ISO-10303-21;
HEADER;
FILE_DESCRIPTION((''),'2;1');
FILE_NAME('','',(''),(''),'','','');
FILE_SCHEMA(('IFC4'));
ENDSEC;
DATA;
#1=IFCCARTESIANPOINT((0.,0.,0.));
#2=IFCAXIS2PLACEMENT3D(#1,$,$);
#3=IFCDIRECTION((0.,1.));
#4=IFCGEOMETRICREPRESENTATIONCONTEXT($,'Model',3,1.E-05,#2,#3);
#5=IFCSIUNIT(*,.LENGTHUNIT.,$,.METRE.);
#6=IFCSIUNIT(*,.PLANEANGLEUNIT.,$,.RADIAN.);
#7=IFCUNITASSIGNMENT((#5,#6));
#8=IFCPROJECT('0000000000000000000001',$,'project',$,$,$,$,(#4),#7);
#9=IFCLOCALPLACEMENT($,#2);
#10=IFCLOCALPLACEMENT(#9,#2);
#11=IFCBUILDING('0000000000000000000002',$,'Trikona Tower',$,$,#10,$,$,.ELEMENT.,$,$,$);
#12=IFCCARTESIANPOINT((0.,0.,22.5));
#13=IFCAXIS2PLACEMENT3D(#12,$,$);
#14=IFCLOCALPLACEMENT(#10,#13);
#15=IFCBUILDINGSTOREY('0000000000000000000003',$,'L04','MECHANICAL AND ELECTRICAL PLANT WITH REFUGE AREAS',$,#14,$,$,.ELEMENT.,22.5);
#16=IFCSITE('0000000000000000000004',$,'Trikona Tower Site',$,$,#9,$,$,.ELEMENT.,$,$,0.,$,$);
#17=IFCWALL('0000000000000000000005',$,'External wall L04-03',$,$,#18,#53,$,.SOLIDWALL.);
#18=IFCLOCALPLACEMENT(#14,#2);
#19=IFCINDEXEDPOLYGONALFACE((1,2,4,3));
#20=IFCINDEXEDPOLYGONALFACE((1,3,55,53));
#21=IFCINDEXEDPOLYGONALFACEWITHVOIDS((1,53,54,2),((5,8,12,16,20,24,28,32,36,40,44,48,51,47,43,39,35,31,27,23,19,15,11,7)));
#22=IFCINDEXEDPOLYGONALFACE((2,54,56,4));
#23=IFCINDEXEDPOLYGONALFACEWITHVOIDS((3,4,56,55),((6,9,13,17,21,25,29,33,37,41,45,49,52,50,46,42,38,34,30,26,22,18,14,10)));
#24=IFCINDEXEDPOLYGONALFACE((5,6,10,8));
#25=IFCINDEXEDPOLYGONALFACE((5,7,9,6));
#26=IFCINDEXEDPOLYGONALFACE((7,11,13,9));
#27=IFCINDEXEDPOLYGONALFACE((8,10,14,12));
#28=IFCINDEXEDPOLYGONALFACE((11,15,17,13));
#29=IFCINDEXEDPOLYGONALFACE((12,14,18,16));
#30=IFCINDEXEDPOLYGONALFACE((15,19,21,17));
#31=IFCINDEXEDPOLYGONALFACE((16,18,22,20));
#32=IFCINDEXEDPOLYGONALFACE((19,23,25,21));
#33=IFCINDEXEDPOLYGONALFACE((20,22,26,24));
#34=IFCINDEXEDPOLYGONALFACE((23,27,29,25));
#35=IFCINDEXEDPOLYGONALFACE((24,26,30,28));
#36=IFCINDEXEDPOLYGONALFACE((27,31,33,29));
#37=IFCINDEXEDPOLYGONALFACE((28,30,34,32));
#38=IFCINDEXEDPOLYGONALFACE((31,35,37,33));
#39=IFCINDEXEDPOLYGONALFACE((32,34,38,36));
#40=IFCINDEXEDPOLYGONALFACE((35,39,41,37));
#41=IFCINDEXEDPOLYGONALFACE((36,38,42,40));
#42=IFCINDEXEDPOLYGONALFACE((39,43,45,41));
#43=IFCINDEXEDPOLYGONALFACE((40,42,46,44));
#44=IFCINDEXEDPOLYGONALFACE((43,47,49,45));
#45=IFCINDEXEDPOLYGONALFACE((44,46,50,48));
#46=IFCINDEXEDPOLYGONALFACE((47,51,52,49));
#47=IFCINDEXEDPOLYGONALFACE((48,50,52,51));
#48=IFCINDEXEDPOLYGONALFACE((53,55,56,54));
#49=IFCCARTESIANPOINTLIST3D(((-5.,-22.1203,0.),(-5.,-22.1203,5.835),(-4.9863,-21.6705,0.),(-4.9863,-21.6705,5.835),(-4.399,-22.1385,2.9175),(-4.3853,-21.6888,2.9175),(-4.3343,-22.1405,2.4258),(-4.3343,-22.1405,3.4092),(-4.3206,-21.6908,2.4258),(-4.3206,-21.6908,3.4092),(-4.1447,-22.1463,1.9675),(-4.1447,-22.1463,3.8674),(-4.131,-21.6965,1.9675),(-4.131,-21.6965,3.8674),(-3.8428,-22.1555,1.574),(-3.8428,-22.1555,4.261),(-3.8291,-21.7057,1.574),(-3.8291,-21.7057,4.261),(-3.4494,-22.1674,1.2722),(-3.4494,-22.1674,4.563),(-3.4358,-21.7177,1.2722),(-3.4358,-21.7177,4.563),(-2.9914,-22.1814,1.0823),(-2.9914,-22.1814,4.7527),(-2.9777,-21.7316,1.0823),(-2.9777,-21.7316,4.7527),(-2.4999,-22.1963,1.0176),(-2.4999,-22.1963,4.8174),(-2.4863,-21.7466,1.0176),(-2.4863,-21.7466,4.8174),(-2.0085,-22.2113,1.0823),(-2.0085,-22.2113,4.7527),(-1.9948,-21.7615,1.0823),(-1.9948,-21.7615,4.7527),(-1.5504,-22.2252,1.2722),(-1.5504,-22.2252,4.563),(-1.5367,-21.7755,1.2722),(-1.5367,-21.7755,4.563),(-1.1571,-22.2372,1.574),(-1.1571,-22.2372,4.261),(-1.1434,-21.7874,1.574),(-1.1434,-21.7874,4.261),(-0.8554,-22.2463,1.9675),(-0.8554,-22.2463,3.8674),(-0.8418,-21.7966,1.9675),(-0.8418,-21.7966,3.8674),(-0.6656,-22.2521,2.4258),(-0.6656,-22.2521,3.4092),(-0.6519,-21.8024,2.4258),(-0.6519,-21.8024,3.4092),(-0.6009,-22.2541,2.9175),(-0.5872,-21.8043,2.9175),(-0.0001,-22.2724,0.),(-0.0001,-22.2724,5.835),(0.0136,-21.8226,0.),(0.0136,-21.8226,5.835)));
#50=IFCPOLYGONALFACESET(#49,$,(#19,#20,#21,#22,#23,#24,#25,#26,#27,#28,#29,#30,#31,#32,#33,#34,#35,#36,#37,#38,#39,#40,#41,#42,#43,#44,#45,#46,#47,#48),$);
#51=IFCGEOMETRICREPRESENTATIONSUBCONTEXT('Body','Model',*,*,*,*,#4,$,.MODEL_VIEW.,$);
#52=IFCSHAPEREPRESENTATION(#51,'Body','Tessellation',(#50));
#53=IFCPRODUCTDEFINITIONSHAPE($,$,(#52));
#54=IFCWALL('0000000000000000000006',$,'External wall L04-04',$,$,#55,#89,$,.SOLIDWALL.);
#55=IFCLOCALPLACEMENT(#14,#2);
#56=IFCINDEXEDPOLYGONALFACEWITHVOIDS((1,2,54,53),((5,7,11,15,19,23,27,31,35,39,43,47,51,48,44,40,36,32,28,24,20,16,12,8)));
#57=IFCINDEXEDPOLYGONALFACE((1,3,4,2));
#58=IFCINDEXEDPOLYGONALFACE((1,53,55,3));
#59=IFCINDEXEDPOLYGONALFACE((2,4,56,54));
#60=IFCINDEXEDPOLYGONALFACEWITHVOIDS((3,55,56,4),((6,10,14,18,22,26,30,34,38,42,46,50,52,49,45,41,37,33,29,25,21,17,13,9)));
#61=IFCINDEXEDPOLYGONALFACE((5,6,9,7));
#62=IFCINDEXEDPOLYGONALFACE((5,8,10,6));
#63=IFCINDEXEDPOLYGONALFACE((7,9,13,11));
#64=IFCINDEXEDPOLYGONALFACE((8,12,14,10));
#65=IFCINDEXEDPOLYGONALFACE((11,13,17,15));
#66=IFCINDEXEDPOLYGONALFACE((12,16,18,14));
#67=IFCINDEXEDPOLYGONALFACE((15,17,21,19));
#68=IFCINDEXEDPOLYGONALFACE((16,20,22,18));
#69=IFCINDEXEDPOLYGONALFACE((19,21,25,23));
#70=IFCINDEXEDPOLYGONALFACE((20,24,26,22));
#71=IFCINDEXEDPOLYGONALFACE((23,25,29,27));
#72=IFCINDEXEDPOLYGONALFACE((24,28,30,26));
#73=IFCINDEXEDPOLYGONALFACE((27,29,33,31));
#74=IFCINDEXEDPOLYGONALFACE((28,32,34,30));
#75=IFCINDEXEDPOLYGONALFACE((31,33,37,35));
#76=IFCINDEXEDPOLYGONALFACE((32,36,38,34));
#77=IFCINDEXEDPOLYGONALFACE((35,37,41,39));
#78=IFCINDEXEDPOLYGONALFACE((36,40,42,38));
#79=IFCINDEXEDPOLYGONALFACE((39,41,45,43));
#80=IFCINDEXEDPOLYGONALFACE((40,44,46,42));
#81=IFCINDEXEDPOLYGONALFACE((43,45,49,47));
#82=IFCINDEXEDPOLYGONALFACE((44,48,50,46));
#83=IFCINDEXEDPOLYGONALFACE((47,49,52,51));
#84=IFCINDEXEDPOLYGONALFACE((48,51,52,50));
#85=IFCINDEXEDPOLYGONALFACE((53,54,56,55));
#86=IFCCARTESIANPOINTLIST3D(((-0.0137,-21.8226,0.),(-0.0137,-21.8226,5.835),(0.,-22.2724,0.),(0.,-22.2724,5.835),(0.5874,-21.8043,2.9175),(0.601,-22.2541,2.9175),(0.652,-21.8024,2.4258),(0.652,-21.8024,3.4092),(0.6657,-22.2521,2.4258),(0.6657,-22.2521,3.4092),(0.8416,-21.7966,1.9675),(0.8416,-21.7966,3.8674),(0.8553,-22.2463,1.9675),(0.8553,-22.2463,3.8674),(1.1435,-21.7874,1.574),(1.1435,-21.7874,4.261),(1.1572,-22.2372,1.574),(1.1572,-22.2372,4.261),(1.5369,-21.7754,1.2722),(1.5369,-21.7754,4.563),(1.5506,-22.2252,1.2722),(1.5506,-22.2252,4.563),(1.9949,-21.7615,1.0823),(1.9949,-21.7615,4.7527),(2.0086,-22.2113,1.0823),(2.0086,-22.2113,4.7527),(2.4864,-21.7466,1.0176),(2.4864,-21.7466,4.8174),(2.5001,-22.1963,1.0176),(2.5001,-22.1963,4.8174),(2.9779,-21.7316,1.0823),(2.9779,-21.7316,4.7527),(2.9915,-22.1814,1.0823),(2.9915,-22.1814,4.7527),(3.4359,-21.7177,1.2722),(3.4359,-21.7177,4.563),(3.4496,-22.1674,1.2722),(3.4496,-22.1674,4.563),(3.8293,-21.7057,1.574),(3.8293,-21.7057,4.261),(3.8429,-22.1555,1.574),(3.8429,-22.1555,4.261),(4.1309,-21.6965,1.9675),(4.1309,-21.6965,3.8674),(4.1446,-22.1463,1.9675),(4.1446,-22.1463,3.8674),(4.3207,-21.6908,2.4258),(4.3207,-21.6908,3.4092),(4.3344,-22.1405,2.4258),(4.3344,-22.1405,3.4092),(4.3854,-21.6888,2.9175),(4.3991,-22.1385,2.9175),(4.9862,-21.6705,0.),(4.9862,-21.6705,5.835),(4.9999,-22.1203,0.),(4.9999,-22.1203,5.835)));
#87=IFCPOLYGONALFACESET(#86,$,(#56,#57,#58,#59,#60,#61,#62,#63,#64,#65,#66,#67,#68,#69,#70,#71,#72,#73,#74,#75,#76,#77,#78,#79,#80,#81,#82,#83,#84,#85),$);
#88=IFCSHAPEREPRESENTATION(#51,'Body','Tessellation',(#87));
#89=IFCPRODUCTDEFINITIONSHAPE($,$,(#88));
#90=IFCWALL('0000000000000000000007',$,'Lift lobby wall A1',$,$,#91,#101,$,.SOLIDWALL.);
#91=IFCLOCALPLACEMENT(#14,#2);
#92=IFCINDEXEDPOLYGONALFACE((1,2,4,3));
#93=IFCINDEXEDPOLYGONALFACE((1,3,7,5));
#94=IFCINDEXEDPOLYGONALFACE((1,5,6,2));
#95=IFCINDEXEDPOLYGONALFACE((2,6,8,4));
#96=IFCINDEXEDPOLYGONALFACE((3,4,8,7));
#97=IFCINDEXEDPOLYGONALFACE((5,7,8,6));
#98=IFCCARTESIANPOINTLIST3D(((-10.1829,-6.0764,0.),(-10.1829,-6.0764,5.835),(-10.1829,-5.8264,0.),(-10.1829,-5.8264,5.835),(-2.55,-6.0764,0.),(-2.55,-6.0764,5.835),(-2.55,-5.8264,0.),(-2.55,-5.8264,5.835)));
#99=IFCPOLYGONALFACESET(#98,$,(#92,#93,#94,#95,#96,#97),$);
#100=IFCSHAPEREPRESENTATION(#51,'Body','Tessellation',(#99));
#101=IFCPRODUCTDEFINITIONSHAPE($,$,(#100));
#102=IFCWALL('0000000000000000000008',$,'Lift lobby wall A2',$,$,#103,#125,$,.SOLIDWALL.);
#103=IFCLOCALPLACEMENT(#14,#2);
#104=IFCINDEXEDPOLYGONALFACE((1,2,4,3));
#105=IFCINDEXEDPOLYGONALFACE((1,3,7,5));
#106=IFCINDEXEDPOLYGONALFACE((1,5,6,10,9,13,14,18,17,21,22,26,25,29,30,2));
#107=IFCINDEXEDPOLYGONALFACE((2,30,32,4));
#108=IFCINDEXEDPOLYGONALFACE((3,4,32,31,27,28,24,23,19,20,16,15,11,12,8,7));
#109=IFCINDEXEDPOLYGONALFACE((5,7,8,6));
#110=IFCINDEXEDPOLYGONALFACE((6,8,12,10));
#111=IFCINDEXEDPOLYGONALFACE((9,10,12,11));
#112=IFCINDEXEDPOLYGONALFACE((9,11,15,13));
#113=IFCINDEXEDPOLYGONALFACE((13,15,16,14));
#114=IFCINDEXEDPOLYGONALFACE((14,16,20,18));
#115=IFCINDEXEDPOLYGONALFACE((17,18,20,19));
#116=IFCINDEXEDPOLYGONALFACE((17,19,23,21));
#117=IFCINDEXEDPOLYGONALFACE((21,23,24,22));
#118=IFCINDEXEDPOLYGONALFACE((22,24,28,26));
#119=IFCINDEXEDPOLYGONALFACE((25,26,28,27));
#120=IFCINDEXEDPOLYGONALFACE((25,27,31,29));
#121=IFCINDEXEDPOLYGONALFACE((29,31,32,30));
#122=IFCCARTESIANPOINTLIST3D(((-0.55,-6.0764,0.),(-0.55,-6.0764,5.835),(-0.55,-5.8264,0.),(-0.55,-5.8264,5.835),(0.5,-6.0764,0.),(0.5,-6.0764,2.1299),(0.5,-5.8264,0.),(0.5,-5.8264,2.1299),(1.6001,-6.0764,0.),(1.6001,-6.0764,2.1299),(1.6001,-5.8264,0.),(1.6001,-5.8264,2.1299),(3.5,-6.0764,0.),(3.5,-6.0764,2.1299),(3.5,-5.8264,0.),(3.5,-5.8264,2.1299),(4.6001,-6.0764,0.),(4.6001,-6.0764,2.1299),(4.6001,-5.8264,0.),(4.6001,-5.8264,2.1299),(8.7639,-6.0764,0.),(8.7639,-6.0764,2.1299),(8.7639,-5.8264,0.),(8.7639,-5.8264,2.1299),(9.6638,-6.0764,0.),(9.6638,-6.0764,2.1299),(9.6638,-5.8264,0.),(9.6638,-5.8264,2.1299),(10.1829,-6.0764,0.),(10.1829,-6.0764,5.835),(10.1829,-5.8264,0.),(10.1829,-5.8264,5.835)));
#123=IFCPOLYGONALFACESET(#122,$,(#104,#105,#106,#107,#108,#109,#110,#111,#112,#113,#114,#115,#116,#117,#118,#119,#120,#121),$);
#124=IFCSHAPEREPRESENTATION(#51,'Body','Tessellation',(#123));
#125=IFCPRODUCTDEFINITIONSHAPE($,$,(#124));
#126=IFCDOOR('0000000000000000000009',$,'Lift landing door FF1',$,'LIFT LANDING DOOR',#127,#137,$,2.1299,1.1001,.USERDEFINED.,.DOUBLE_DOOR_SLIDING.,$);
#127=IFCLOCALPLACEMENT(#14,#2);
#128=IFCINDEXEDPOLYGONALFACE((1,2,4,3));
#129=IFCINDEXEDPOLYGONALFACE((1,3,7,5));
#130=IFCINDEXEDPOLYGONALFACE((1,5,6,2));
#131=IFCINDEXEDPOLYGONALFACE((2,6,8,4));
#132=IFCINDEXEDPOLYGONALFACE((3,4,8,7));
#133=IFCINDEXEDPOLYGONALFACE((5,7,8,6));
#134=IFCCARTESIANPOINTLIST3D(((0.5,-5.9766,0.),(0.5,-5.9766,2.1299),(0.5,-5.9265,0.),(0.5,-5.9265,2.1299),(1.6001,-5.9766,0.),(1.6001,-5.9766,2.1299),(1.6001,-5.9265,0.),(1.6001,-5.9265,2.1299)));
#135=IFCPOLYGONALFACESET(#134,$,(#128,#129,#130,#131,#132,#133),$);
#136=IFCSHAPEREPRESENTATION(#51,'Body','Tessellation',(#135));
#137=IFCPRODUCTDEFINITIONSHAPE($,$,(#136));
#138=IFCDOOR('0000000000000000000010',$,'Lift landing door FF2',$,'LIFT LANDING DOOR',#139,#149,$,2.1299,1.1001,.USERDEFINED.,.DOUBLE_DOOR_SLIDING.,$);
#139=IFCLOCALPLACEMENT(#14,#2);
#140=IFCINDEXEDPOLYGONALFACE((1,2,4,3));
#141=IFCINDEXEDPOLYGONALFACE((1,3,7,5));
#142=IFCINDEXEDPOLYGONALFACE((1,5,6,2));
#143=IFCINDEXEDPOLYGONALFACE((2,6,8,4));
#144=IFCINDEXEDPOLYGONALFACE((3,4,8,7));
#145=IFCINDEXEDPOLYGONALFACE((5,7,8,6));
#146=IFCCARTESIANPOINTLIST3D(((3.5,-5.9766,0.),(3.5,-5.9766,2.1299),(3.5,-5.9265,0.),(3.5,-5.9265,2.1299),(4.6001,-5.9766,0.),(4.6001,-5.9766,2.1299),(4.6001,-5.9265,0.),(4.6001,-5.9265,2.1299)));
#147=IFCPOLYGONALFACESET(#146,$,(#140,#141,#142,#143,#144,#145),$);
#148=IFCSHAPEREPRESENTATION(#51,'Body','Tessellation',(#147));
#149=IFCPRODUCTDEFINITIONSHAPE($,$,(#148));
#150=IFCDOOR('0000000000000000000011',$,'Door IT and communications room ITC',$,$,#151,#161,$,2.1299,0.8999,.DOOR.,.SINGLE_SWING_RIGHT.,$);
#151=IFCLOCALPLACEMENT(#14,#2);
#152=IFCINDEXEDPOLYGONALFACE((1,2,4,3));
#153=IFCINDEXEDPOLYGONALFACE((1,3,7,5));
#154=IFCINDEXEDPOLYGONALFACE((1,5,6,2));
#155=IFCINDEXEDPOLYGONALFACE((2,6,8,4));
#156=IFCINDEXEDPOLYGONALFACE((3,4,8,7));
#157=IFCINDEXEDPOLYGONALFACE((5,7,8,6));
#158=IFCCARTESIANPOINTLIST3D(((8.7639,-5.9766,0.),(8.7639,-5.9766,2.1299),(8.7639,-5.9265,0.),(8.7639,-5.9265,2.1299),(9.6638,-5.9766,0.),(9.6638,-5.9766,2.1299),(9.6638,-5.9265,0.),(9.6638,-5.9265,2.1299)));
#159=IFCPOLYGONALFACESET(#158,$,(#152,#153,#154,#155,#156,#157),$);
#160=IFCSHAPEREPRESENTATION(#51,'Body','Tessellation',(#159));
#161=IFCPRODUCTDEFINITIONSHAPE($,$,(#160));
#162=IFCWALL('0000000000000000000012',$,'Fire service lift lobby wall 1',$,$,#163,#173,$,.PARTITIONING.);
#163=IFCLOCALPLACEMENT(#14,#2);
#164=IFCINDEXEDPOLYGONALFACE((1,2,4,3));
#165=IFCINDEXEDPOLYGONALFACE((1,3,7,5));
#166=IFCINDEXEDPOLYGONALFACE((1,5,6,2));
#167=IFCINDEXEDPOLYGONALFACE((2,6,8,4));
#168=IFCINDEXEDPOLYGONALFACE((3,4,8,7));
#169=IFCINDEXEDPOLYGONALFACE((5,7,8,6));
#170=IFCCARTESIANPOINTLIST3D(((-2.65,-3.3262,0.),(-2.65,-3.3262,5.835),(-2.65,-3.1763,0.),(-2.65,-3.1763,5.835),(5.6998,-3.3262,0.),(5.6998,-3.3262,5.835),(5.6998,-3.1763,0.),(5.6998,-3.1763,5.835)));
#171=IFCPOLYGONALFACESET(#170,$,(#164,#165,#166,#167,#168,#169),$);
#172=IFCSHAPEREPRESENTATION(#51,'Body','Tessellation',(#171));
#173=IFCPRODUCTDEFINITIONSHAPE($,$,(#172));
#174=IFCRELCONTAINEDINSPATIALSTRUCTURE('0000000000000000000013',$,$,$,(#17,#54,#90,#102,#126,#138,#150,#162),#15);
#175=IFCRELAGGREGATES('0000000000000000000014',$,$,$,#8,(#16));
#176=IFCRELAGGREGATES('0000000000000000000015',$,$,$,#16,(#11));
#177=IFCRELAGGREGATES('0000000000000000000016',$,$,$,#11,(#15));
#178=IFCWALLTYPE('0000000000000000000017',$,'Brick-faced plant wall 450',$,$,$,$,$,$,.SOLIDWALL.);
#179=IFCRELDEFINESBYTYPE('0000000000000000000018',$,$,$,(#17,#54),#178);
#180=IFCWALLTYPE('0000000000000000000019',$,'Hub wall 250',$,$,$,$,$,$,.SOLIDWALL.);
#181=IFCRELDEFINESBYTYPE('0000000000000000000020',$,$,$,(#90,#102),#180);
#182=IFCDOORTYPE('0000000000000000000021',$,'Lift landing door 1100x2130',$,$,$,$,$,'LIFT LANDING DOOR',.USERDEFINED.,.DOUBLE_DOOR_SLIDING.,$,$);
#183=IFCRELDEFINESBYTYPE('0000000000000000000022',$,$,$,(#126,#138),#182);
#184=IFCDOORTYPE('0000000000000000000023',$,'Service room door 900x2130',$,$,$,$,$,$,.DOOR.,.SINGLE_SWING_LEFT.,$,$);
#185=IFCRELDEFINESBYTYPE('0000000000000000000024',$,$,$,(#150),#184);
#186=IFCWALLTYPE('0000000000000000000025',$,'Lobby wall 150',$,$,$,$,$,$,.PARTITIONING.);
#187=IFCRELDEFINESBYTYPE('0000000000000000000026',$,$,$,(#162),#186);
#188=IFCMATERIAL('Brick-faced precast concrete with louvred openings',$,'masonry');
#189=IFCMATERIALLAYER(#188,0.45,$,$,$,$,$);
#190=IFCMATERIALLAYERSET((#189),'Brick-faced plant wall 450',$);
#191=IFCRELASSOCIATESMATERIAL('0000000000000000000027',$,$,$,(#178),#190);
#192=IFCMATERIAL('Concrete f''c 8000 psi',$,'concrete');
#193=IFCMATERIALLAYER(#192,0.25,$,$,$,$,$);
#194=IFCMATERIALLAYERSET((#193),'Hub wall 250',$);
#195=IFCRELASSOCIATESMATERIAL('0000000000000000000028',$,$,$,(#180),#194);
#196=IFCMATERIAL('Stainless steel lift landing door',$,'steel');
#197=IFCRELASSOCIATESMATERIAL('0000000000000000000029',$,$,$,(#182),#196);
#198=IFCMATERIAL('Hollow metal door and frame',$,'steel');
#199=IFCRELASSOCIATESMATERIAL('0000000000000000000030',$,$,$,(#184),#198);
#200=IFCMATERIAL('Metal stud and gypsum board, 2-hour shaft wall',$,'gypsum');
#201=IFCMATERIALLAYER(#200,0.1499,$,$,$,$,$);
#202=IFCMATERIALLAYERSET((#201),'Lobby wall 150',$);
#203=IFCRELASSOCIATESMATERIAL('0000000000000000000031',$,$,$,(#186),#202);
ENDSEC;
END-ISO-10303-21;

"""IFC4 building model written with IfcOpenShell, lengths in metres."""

from ifc_helpers import new_model, si_unit, direction, frame, frame_2d, origin, place, context, subcontext, project, spatial, polyline, rectangle, outline, extrude, material, layer, layer_set, type_object, element, fill, save


model = new_model("IFC4")

# Units and contexts
model_context = context("Model", 3, precision=1e-05, world=origin(), true_north=direction((0.0, 1.0)))
body_context = subcontext(model_context, "Body", "Model", "MODEL_VIEW")
ifc_project = project(units=[si_unit("LENGTHUNIT", "METRE"), si_unit("PLANEANGLEUNIT", "RADIAN")], contexts=[model_context])

# Site, building, storey
site_placement = place(None, origin())
site = spatial("IfcSite", under=ifc_project, at=site_placement, Name="Trikona Tower Site", CompositionType="ELEMENT", RefElevation=0.0)
building_placement = place(site_placement, origin())
building = spatial("IfcBuilding", under=site, at=building_placement, Name="Trikona Tower", CompositionType="ELEMENT")
storey_placement = place(building_placement, frame((0.0, 0.0, 22.5)))
storey = spatial("IfcBuildingStorey", under=building, at=storey_placement, Name="L04", Description="MECHANICAL AND ELECTRICAL PLANT WITH REFUGE AREAS", CompositionType="ELEMENT", Elevation=22.5)

# Walls
ifc_material_1 = material(Name="Brick-faced precast concrete with louvred openings", Category="masonry")
ifc_layer_1 = layer(ifc_material_1, 0.45)
ifc_layer_set_1 = layer_set([ifc_layer_1], Name="Brick-faced plant wall 450")
wall_type_1 = type_object("IfcWallType", Name="Brick-faced plant wall 450", PredefinedType="SOLIDWALL", material=ifc_layer_set_1)
for number, where, z_axis, x_axis, name in (
    (1, (-4.9932, -21.8955, 0.0), (0.0, 0.0, 1.0), (0.999538, -0.030406, 0.0), "External wall L04-03"),
    (2, (-0.0068, -22.0476, 0.0), (0.0, 0.0, 1.0), (0.999538, 0.030406, 0.0), "External wall L04-04"),
):
    element("IfcWall", number, at=place(storey_placement, frame(where, z_axis=z_axis, x_axis=x_axis)), inside=storey, type_object=wall_type_1, Name=name, PredefinedType="SOLIDWALL", context=body_context, shape_type="SweptSolid", body=[
        extrude(outline(polyline([(0.0, 0.0), (5.0022, 0.0), (5.0022, 5.835), (0.0, 5.835), (0.0, 0.0)]), holes=[polyline([(4.4011, 2.9175), (4.3364, 3.4092), (4.1465, 3.8674), (3.8447, 4.261), (3.4512, 4.563), (2.9929, 4.7527), (2.5012, 4.8174), (2.0095, 4.7527), (1.5513, 4.563), (1.1577, 4.261), (0.8557, 3.8674), (0.666, 3.4092), (0.6013, 2.9175), (0.666, 2.4258), (0.8557, 1.9675), (1.1577, 1.574), (1.5513, 1.2722), (2.0095, 1.0823), (2.5012, 1.0176), (2.9929, 1.0823), (3.4512, 1.2722), (3.8447, 1.574), (4.1465, 1.9675), (4.3364, 2.4258), (4.4011, 2.9175)])]), frame((0.0, 0.2251, 0.0), z_axis=(0.0, -1.0, 0.0), x_axis=(1.0, 0.0, 0.0)), (0.0, 0.0, 1.0), 0.45),
    ])
ifc_material_2 = material(Name="Concrete f'c 8000 psi", Category="concrete")
ifc_layer_2 = layer(ifc_material_2, 0.25)
ifc_layer_set_2 = layer_set([ifc_layer_2], Name="Hub wall 250")
wall_type_2 = type_object("IfcWallType", Name="Hub wall 250", PredefinedType="SOLIDWALL", material=ifc_layer_set_2)
wall_1_placement = place(storey_placement, frame((-10.1829, -5.9514, 0.0), z_axis=(0.0, 0.0, 1.0), x_axis=(1.0, 0.0, 0.0)))
element("IfcWall", 3, at=wall_1_placement, inside=storey, type_object=wall_type_2, Name="Lift lobby wall A1", PredefinedType="SOLIDWALL", context=body_context, shape_type="SweptSolid", body=[
    extrude(rectangle(XDim=7.6328, YDim=0.25, at=frame_2d((3.8164, 0.0))), origin(), (0.0, 0.0, 1.0), 5.835),
])

# Wall, openings, doors
wall_2_placement = place(storey_placement, frame((-0.55, -5.9514, 0.0), z_axis=(0.0, 0.0, 1.0), x_axis=(1.0, 0.0, 0.0)))
wall_2 = element("IfcWall", 4, at=wall_2_placement, inside=storey, type_object=wall_type_2, Name="Lift lobby wall A2", PredefinedType="SOLIDWALL", context=body_context, shape_type="SweptSolid", body=[
    extrude(rectangle(XDim=10.7329, YDim=0.25, at=frame_2d((5.3665, 0.0))), origin(), (0.0, 0.0, 1.0), 5.835),
])
opening_1_placement = place(wall_2_placement, frame((9.314, 0.0, 0.0)))
opening_1 = element("IfcOpeningElement", 5, at=opening_1_placement, cuts=wall_2, PredefinedType="OPENING", context=body_context, shape_type="SweptSolid", body=[
    extrude(rectangle(XDim=0.8999, YDim=2.1299, at=frame_2d((0.45, 1.0649))), frame((0.0, 0.135, 0.0), z_axis=(0.0, -1.0, 0.0), x_axis=(1.0, 0.0, 0.0)), (0.0, 0.0, 1.0), 0.27),
])
opening_2_placement = place(wall_2_placement, frame((1.05, 0.0, 0.0)))
opening_2 = element("IfcOpeningElement", 6, at=opening_2_placement, cuts=wall_2, PredefinedType="OPENING", context=body_context, shape_type="SweptSolid", body=[
    extrude(rectangle(XDim=1.1001, YDim=2.1299, at=frame_2d((0.55, 1.0649))), frame((0.0, 0.135, 0.0), z_axis=(0.0, -1.0, 0.0), x_axis=(1.0, 0.0, 0.0)), (0.0, 0.0, 1.0), 0.27),
])
opening_3_placement = place(wall_2_placement, frame((4.05, 0.0, 0.0)))
opening_3 = element("IfcOpeningElement", 7, at=opening_3_placement, cuts=wall_2, PredefinedType="OPENING", context=body_context, shape_type="SweptSolid", body=[
    extrude(rectangle(XDim=1.1001, YDim=2.1299, at=frame_2d((0.55, 1.0649))), frame((0.0, 0.135, 0.0), z_axis=(0.0, -1.0, 0.0), x_axis=(1.0, 0.0, 0.0)), (0.0, 0.0, 1.0), 0.27),
])
ifc_material_3 = material(Name="Stainless steel lift landing door", Category="steel")
door_type_1 = type_object("IfcDoorType", Name="Lift landing door 1100x2130", ElementType="LIFT LANDING DOOR", OperationType="DOUBLE_DOOR_SLIDING", PredefinedType="USERDEFINED", material=ifc_material_3)
door_1_placement = place(opening_2_placement, origin())
door_1 = element("IfcDoor", 8, at=door_1_placement, inside=storey, type_object=door_type_1, Name="Lift landing door FF1", ObjectType="LIFT LANDING DOOR", OperationType="DOUBLE_DOOR_SLIDING", OverallHeight=2.1299, OverallWidth=1.1001, PredefinedType="USERDEFINED", context=body_context, shape_type="SweptSolid", body=[
    extrude(rectangle(XDim=1.1001, YDim=2.1299, at=frame_2d((0.55, 1.0649))), frame((0.0, 0.0249, 0.0), z_axis=(0.0, -1.0, 0.0), x_axis=(1.0, 0.0, 0.0)), (0.0, 0.0, 1.0), 0.05),
])
fill(opening_2, door_1)
door_2_placement = place(opening_3_placement, origin())
door_2 = element("IfcDoor", 9, at=door_2_placement, inside=storey, type_object=door_type_1, Name="Lift landing door FF2", ObjectType="LIFT LANDING DOOR", OperationType="DOUBLE_DOOR_SLIDING", OverallHeight=2.1299, OverallWidth=1.1001, PredefinedType="USERDEFINED", context=body_context, shape_type="SweptSolid", body=[
    extrude(rectangle(XDim=1.1001, YDim=2.1299, at=frame_2d((0.55, 1.0649))), frame((0.0, 0.0249, 0.0), z_axis=(0.0, -1.0, 0.0), x_axis=(1.0, 0.0, 0.0)), (0.0, 0.0, 1.0), 0.05),
])
fill(opening_3, door_2)
ifc_material_4 = material(Name="Hollow metal door and frame", Category="steel")
door_type_2 = type_object("IfcDoorType", Name="Service room door 900x2130", OperationType="SINGLE_SWING_LEFT", PredefinedType="DOOR", material=ifc_material_4)
door_3_placement = place(opening_1_placement, origin())
door_3 = element("IfcDoor", 10, at=door_3_placement, inside=storey, type_object=door_type_2, Name="Door IT and communications room ITC", OperationType="SINGLE_SWING_RIGHT", OverallHeight=2.1299, OverallWidth=0.8999, PredefinedType="DOOR", context=body_context, shape_type="SweptSolid", body=[
    extrude(rectangle(XDim=0.8999, YDim=2.1299, at=frame_2d((0.45, 1.0649))), frame((0.0, 0.0249, 0.0), z_axis=(0.0, -1.0, 0.0), x_axis=(1.0, 0.0, 0.0)), (0.0, 0.0, 1.0), 0.05),
])
fill(opening_1, door_3)

# Wall
ifc_material_5 = material(Name="Metal stud and gypsum board, 2-hour shaft wall", Category="gypsum")
ifc_layer_3 = layer(ifc_material_5, 0.1499)
ifc_layer_set_3 = layer_set([ifc_layer_3], Name="Lobby wall 150")
wall_type_3 = type_object("IfcWallType", Name="Lobby wall 150", PredefinedType="PARTITIONING", material=ifc_layer_set_3)
wall_3_placement = place(storey_placement, frame((-2.6499, -3.2512, 0.0), z_axis=(0.0, 0.0, 1.0), x_axis=(1.0, 0.0, 0.0)))
element("IfcWall", 11, at=wall_3_placement, inside=storey, type_object=wall_type_3, Name="Fire service lift lobby wall 1", PredefinedType="PARTITIONING", context=body_context, shape_type="SweptSolid", body=[
    extrude(rectangle(XDim=8.3499, YDim=0.1499, at=frame_2d((4.1748, 0.0))), origin(), (0.0, 0.0, 1.0), 5.835),
])

save(model, "model.ifc")
